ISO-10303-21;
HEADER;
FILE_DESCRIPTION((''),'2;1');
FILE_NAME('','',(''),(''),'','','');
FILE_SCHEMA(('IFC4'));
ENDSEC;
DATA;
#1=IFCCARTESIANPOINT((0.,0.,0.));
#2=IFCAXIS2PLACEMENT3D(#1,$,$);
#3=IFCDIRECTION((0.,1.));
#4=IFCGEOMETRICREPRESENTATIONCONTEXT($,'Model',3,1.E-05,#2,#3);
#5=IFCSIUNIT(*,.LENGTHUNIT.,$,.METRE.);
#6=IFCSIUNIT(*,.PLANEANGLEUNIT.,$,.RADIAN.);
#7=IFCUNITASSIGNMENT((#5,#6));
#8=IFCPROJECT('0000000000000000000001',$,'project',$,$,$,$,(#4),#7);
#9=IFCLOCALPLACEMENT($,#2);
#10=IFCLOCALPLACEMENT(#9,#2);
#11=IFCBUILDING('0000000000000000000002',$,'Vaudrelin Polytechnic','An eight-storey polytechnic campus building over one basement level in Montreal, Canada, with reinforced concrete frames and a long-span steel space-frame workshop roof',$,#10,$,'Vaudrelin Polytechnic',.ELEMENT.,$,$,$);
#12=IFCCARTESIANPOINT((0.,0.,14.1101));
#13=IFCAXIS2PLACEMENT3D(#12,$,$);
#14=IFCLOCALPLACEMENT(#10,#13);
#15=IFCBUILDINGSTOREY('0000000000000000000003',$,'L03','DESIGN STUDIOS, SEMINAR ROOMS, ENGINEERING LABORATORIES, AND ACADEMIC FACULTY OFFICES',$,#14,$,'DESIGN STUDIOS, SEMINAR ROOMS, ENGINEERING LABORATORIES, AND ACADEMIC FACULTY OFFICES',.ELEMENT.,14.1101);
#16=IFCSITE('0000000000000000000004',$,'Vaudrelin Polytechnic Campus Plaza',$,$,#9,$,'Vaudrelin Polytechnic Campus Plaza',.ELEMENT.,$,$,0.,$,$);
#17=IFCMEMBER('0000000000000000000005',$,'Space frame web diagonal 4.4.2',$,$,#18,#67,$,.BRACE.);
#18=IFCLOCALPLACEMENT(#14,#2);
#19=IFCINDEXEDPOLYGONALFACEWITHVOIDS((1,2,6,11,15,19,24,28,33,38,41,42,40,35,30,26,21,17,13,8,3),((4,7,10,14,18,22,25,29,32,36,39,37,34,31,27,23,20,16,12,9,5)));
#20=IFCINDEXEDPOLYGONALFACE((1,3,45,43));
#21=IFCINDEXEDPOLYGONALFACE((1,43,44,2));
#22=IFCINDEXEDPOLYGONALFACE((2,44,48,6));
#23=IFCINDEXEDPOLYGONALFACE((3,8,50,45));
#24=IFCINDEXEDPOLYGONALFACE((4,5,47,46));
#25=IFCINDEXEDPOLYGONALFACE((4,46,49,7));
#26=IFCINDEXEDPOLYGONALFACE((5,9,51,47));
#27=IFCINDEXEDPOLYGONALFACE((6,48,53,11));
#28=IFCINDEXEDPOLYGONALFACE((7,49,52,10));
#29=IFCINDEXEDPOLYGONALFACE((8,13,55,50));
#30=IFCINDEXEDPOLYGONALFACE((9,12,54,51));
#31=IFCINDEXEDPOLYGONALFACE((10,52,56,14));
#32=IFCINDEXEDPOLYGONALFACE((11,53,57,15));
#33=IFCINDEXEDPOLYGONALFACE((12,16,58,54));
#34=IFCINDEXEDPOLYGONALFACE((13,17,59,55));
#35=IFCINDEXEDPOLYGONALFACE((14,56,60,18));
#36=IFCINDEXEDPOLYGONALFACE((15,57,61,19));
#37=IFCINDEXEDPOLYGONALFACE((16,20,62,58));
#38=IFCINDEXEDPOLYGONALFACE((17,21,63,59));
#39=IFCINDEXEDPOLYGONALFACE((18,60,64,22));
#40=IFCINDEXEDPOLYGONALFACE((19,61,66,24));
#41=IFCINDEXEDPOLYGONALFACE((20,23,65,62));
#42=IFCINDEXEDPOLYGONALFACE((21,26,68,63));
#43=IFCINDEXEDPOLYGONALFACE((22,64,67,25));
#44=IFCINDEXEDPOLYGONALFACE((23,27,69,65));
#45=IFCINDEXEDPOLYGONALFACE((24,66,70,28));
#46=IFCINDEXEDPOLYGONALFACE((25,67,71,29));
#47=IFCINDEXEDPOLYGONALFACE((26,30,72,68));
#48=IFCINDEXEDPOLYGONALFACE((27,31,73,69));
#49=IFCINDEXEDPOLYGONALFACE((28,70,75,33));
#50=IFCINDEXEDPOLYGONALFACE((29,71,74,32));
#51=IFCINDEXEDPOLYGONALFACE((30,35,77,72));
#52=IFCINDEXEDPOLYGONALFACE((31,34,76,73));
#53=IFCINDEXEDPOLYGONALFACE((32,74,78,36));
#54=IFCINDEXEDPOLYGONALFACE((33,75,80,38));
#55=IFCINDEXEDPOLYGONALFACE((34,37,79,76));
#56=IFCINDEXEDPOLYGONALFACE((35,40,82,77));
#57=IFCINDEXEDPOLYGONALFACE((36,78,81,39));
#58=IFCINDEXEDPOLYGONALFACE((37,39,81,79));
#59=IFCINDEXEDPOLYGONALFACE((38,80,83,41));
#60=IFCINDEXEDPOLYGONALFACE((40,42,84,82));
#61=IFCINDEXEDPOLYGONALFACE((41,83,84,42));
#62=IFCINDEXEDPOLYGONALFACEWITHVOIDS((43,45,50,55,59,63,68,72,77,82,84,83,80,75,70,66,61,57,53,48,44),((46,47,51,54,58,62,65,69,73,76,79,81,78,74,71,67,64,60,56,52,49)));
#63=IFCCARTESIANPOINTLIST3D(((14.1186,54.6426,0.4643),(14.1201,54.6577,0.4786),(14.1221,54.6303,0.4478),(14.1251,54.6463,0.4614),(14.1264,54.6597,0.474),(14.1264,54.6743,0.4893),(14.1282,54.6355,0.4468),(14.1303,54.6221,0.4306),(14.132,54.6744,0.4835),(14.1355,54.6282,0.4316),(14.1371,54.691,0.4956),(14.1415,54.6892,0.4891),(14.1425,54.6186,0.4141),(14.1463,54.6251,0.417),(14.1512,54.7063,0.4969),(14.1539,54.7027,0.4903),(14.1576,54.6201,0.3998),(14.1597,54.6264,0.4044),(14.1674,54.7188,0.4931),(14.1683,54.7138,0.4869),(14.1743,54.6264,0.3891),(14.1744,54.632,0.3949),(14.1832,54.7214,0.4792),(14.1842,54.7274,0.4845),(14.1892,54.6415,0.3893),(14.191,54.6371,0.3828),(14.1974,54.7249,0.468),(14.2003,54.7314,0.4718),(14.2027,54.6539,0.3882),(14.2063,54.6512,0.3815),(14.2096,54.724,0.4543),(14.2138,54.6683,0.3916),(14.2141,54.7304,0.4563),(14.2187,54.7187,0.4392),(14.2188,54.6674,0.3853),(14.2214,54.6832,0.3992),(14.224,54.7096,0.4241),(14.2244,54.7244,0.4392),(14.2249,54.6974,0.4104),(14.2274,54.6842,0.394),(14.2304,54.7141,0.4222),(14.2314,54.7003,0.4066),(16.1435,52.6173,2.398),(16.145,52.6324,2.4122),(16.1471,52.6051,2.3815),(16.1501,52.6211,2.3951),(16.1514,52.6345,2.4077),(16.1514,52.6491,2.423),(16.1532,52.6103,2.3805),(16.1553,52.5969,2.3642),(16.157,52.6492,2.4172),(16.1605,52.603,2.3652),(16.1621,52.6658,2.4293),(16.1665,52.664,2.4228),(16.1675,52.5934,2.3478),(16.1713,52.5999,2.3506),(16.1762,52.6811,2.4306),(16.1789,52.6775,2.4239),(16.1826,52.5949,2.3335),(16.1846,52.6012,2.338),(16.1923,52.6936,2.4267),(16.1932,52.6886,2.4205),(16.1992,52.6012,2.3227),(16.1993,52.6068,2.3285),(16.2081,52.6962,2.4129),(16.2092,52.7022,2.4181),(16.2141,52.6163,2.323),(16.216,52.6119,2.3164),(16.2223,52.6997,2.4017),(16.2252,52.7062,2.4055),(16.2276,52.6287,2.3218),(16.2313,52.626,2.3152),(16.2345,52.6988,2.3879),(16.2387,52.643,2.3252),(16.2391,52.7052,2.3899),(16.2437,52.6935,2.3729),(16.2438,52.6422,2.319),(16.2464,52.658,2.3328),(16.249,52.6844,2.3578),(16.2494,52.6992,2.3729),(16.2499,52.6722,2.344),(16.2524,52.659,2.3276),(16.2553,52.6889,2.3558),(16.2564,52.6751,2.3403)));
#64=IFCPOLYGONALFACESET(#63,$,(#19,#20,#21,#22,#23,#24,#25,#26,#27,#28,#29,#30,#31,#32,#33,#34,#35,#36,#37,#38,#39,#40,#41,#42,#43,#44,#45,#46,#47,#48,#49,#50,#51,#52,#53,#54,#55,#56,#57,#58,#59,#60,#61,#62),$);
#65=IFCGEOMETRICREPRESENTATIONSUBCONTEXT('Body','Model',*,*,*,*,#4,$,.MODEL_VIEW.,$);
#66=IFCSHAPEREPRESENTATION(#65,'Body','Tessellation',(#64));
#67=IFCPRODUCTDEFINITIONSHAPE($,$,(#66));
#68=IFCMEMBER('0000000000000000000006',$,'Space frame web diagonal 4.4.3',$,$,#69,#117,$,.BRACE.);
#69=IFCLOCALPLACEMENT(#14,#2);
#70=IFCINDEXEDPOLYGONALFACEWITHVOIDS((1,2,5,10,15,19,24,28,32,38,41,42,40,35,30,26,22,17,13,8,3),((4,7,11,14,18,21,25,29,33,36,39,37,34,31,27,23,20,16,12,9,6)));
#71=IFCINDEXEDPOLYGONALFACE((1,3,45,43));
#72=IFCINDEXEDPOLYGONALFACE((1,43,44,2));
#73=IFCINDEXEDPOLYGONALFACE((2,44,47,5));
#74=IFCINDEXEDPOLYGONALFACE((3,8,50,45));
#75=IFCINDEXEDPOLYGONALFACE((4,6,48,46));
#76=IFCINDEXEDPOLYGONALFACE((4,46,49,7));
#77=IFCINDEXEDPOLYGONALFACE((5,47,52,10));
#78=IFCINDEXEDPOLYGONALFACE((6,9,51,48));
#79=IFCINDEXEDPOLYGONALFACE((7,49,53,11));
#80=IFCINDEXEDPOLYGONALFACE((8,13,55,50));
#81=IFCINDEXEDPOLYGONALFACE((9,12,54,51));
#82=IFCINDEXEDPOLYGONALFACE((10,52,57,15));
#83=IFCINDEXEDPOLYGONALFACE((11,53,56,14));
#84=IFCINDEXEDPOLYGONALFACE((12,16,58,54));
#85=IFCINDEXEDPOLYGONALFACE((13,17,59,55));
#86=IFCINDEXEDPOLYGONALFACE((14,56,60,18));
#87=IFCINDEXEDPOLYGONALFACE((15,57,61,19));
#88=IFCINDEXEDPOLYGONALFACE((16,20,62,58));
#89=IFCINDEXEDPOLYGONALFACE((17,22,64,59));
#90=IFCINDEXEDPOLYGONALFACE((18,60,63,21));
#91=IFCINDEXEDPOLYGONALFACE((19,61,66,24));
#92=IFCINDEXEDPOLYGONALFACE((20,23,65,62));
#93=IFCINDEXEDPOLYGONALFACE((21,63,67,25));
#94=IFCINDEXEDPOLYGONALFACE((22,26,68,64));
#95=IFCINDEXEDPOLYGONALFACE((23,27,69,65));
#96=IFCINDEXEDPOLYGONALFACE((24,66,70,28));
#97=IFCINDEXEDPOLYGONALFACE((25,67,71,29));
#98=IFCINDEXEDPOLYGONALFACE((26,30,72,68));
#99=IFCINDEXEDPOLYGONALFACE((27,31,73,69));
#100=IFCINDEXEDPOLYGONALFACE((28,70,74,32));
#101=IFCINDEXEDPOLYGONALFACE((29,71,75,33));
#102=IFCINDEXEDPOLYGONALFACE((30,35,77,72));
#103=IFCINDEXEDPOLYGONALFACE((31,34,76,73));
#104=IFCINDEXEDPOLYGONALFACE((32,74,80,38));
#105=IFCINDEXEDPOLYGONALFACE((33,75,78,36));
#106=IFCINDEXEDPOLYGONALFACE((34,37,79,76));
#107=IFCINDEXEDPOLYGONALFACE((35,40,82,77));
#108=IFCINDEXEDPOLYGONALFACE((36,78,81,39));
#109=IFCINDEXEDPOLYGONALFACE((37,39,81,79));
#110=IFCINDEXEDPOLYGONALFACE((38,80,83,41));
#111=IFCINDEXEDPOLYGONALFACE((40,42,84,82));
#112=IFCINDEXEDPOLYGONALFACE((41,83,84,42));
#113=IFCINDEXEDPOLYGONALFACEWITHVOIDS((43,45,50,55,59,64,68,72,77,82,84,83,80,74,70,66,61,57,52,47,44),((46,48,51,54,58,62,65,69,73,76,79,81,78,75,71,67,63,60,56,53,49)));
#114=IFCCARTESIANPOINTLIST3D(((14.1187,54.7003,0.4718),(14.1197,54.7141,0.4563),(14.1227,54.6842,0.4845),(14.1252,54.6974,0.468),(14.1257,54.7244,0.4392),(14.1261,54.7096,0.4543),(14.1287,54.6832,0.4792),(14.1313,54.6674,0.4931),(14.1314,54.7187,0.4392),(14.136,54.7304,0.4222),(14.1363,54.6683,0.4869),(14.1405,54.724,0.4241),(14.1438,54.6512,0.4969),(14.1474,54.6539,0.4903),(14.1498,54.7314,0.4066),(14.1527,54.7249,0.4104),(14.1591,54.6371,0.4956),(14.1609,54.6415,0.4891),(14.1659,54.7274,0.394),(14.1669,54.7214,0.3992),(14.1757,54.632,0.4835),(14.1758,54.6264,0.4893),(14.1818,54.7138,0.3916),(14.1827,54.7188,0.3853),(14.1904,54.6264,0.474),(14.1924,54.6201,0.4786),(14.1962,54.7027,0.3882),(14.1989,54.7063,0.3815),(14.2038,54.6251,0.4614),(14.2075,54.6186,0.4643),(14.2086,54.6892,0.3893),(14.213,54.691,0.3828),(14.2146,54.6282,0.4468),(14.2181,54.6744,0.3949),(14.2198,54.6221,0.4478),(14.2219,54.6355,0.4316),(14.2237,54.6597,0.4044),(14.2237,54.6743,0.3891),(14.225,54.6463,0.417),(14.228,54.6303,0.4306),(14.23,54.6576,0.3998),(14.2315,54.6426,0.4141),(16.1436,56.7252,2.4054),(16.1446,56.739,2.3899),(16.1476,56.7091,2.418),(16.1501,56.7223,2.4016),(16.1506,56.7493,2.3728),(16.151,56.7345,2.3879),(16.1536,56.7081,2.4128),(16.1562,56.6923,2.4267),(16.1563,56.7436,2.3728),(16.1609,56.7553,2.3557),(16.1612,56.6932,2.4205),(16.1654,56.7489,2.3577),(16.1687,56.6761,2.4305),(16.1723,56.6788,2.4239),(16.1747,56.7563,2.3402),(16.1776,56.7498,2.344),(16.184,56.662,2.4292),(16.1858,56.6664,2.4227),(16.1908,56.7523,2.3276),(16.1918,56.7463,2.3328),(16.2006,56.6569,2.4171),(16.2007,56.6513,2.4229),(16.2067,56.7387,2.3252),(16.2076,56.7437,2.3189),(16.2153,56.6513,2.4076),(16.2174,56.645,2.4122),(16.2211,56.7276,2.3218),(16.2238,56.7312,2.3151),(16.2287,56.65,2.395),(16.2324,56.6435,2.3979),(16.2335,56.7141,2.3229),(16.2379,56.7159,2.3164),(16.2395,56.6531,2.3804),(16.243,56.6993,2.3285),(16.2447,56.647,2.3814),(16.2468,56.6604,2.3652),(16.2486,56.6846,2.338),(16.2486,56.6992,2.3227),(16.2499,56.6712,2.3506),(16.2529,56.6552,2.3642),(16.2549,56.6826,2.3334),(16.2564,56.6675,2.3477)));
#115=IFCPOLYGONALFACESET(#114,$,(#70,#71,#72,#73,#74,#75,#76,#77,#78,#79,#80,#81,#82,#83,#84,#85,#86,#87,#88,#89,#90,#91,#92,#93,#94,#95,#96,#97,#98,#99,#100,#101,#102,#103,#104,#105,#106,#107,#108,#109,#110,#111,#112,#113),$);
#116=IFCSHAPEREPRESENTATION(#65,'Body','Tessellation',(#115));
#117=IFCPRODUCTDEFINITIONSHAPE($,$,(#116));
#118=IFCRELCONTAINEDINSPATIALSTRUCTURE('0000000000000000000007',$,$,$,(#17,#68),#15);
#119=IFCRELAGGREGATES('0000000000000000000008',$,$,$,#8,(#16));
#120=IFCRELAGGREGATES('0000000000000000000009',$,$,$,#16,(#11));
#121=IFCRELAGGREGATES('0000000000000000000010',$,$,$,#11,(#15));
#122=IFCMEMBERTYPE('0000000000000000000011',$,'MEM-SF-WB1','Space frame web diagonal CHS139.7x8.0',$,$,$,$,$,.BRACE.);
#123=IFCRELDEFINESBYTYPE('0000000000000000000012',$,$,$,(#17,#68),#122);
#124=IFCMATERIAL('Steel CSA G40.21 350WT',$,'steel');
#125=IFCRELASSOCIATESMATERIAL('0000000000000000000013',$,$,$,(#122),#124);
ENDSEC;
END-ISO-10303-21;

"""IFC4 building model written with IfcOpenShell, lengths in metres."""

from ifc_helpers import new_model, si_unit, direction, frame, origin, origin_2d, place, context, subcontext, project, spatial, hollow_circle, extrude, material, material_profile, profile_set, type_object, element, save


model = new_model("IFC4")

# Units and contexts
model_context = context("Model", 3, precision=1e-05, world=origin(), true_north=direction((0.0, 1.0)))
body_context = subcontext(model_context, "Body", "Model", "MODEL_VIEW")
ifc_project = project(units=[si_unit("LENGTHUNIT", "METRE"), si_unit("PLANEANGLEUNIT", "RADIAN")], contexts=[model_context])

# Site, building, storey
site_placement = place(None, origin())
site = spatial("IfcSite", under=ifc_project, at=site_placement, Name="Vaudrelin Polytechnic Campus Plaza", LongName="Vaudrelin Polytechnic Campus Plaza", CompositionType="ELEMENT", RefElevation=0.0)
building_placement = place(site_placement, origin())
building = spatial("IfcBuilding", under=site, at=building_placement, Name="Vaudrelin Polytechnic", Description="An eight-storey polytechnic campus building over one basement level in Montreal, Canada, with reinforced concrete frames and a long-span steel space-frame workshop roof", LongName="Vaudrelin Polytechnic", CompositionType="ELEMENT")
storey_placement = place(building_placement, frame((0.0, 0.0, 14.1101)))
storey = spatial("IfcBuildingStorey", under=building, at=storey_placement, Name="L03", Description="DESIGN STUDIOS, SEMINAR ROOMS, ENGINEERING LABORATORIES, AND ACADEMIC FACULTY OFFICES", LongName="DESIGN STUDIOS, SEMINAR ROOMS, ENGINEERING LABORATORIES, AND ACADEMIC FACULTY OFFICES", CompositionType="ELEMENT", Elevation=14.1101)

# Members
ifc_material = material(Name="Steel CSA G40.21 350WT", Category="steel")
ifc_material_profile_1 = material_profile(ifc_material, hollow_circle(Radius=0.0698, WallThickness=0.0081, at=origin_2d()), Name="CHS139.7x8.0")
ifc_profile_set_1 = profile_set([ifc_material_profile_1], Name="Steel CSA G40.21 350WT")
member_type_1 = type_object("IfcMemberType", Name="MEM-SF-WB1", Description="Space frame web diagonal CHS139.7x8.0", PredefinedType="BRACE", material=ifc_profile_set_1)
member_1_placement = place(storey_placement, frame((14.175, 54.675, 0.4392), z_axis=(0.586, -0.586071, 0.559576), x_axis=(0.707149, 0.707064, 0.0)))
element("IfcMember", 1, at=member_1_placement, inside=storey, type_object=member_type_1, Name="Space frame web diagonal 4.4.2", PredefinedType="BRACE", context=body_context, shape_type="SweptSolid", body=[
    extrude(hollow_circle(Radius=0.0698, WallThickness=0.0081, at=origin_2d()), origin(), (0.0, 0.0, 1.0), 3.4556),
])
member_2_placement = place(storey_placement, frame((14.175, 54.675, 0.4392), z_axis=(0.586024, 0.586024, 0.559599), x_axis=(-0.707107, 0.707107, 0.0)))
element("IfcMember", 2, at=member_2_placement, inside=storey, type_object=member_type_1, Name="Space frame web diagonal 4.4.3", PredefinedType="BRACE", context=body_context, shape_type="SweptSolid", body=[
    extrude(hollow_circle(Radius=0.0698, WallThickness=0.0081, at=origin_2d()), origin(), (0.0, 0.0, 1.0), 3.4553),
])

save(model, "model.ifc")
